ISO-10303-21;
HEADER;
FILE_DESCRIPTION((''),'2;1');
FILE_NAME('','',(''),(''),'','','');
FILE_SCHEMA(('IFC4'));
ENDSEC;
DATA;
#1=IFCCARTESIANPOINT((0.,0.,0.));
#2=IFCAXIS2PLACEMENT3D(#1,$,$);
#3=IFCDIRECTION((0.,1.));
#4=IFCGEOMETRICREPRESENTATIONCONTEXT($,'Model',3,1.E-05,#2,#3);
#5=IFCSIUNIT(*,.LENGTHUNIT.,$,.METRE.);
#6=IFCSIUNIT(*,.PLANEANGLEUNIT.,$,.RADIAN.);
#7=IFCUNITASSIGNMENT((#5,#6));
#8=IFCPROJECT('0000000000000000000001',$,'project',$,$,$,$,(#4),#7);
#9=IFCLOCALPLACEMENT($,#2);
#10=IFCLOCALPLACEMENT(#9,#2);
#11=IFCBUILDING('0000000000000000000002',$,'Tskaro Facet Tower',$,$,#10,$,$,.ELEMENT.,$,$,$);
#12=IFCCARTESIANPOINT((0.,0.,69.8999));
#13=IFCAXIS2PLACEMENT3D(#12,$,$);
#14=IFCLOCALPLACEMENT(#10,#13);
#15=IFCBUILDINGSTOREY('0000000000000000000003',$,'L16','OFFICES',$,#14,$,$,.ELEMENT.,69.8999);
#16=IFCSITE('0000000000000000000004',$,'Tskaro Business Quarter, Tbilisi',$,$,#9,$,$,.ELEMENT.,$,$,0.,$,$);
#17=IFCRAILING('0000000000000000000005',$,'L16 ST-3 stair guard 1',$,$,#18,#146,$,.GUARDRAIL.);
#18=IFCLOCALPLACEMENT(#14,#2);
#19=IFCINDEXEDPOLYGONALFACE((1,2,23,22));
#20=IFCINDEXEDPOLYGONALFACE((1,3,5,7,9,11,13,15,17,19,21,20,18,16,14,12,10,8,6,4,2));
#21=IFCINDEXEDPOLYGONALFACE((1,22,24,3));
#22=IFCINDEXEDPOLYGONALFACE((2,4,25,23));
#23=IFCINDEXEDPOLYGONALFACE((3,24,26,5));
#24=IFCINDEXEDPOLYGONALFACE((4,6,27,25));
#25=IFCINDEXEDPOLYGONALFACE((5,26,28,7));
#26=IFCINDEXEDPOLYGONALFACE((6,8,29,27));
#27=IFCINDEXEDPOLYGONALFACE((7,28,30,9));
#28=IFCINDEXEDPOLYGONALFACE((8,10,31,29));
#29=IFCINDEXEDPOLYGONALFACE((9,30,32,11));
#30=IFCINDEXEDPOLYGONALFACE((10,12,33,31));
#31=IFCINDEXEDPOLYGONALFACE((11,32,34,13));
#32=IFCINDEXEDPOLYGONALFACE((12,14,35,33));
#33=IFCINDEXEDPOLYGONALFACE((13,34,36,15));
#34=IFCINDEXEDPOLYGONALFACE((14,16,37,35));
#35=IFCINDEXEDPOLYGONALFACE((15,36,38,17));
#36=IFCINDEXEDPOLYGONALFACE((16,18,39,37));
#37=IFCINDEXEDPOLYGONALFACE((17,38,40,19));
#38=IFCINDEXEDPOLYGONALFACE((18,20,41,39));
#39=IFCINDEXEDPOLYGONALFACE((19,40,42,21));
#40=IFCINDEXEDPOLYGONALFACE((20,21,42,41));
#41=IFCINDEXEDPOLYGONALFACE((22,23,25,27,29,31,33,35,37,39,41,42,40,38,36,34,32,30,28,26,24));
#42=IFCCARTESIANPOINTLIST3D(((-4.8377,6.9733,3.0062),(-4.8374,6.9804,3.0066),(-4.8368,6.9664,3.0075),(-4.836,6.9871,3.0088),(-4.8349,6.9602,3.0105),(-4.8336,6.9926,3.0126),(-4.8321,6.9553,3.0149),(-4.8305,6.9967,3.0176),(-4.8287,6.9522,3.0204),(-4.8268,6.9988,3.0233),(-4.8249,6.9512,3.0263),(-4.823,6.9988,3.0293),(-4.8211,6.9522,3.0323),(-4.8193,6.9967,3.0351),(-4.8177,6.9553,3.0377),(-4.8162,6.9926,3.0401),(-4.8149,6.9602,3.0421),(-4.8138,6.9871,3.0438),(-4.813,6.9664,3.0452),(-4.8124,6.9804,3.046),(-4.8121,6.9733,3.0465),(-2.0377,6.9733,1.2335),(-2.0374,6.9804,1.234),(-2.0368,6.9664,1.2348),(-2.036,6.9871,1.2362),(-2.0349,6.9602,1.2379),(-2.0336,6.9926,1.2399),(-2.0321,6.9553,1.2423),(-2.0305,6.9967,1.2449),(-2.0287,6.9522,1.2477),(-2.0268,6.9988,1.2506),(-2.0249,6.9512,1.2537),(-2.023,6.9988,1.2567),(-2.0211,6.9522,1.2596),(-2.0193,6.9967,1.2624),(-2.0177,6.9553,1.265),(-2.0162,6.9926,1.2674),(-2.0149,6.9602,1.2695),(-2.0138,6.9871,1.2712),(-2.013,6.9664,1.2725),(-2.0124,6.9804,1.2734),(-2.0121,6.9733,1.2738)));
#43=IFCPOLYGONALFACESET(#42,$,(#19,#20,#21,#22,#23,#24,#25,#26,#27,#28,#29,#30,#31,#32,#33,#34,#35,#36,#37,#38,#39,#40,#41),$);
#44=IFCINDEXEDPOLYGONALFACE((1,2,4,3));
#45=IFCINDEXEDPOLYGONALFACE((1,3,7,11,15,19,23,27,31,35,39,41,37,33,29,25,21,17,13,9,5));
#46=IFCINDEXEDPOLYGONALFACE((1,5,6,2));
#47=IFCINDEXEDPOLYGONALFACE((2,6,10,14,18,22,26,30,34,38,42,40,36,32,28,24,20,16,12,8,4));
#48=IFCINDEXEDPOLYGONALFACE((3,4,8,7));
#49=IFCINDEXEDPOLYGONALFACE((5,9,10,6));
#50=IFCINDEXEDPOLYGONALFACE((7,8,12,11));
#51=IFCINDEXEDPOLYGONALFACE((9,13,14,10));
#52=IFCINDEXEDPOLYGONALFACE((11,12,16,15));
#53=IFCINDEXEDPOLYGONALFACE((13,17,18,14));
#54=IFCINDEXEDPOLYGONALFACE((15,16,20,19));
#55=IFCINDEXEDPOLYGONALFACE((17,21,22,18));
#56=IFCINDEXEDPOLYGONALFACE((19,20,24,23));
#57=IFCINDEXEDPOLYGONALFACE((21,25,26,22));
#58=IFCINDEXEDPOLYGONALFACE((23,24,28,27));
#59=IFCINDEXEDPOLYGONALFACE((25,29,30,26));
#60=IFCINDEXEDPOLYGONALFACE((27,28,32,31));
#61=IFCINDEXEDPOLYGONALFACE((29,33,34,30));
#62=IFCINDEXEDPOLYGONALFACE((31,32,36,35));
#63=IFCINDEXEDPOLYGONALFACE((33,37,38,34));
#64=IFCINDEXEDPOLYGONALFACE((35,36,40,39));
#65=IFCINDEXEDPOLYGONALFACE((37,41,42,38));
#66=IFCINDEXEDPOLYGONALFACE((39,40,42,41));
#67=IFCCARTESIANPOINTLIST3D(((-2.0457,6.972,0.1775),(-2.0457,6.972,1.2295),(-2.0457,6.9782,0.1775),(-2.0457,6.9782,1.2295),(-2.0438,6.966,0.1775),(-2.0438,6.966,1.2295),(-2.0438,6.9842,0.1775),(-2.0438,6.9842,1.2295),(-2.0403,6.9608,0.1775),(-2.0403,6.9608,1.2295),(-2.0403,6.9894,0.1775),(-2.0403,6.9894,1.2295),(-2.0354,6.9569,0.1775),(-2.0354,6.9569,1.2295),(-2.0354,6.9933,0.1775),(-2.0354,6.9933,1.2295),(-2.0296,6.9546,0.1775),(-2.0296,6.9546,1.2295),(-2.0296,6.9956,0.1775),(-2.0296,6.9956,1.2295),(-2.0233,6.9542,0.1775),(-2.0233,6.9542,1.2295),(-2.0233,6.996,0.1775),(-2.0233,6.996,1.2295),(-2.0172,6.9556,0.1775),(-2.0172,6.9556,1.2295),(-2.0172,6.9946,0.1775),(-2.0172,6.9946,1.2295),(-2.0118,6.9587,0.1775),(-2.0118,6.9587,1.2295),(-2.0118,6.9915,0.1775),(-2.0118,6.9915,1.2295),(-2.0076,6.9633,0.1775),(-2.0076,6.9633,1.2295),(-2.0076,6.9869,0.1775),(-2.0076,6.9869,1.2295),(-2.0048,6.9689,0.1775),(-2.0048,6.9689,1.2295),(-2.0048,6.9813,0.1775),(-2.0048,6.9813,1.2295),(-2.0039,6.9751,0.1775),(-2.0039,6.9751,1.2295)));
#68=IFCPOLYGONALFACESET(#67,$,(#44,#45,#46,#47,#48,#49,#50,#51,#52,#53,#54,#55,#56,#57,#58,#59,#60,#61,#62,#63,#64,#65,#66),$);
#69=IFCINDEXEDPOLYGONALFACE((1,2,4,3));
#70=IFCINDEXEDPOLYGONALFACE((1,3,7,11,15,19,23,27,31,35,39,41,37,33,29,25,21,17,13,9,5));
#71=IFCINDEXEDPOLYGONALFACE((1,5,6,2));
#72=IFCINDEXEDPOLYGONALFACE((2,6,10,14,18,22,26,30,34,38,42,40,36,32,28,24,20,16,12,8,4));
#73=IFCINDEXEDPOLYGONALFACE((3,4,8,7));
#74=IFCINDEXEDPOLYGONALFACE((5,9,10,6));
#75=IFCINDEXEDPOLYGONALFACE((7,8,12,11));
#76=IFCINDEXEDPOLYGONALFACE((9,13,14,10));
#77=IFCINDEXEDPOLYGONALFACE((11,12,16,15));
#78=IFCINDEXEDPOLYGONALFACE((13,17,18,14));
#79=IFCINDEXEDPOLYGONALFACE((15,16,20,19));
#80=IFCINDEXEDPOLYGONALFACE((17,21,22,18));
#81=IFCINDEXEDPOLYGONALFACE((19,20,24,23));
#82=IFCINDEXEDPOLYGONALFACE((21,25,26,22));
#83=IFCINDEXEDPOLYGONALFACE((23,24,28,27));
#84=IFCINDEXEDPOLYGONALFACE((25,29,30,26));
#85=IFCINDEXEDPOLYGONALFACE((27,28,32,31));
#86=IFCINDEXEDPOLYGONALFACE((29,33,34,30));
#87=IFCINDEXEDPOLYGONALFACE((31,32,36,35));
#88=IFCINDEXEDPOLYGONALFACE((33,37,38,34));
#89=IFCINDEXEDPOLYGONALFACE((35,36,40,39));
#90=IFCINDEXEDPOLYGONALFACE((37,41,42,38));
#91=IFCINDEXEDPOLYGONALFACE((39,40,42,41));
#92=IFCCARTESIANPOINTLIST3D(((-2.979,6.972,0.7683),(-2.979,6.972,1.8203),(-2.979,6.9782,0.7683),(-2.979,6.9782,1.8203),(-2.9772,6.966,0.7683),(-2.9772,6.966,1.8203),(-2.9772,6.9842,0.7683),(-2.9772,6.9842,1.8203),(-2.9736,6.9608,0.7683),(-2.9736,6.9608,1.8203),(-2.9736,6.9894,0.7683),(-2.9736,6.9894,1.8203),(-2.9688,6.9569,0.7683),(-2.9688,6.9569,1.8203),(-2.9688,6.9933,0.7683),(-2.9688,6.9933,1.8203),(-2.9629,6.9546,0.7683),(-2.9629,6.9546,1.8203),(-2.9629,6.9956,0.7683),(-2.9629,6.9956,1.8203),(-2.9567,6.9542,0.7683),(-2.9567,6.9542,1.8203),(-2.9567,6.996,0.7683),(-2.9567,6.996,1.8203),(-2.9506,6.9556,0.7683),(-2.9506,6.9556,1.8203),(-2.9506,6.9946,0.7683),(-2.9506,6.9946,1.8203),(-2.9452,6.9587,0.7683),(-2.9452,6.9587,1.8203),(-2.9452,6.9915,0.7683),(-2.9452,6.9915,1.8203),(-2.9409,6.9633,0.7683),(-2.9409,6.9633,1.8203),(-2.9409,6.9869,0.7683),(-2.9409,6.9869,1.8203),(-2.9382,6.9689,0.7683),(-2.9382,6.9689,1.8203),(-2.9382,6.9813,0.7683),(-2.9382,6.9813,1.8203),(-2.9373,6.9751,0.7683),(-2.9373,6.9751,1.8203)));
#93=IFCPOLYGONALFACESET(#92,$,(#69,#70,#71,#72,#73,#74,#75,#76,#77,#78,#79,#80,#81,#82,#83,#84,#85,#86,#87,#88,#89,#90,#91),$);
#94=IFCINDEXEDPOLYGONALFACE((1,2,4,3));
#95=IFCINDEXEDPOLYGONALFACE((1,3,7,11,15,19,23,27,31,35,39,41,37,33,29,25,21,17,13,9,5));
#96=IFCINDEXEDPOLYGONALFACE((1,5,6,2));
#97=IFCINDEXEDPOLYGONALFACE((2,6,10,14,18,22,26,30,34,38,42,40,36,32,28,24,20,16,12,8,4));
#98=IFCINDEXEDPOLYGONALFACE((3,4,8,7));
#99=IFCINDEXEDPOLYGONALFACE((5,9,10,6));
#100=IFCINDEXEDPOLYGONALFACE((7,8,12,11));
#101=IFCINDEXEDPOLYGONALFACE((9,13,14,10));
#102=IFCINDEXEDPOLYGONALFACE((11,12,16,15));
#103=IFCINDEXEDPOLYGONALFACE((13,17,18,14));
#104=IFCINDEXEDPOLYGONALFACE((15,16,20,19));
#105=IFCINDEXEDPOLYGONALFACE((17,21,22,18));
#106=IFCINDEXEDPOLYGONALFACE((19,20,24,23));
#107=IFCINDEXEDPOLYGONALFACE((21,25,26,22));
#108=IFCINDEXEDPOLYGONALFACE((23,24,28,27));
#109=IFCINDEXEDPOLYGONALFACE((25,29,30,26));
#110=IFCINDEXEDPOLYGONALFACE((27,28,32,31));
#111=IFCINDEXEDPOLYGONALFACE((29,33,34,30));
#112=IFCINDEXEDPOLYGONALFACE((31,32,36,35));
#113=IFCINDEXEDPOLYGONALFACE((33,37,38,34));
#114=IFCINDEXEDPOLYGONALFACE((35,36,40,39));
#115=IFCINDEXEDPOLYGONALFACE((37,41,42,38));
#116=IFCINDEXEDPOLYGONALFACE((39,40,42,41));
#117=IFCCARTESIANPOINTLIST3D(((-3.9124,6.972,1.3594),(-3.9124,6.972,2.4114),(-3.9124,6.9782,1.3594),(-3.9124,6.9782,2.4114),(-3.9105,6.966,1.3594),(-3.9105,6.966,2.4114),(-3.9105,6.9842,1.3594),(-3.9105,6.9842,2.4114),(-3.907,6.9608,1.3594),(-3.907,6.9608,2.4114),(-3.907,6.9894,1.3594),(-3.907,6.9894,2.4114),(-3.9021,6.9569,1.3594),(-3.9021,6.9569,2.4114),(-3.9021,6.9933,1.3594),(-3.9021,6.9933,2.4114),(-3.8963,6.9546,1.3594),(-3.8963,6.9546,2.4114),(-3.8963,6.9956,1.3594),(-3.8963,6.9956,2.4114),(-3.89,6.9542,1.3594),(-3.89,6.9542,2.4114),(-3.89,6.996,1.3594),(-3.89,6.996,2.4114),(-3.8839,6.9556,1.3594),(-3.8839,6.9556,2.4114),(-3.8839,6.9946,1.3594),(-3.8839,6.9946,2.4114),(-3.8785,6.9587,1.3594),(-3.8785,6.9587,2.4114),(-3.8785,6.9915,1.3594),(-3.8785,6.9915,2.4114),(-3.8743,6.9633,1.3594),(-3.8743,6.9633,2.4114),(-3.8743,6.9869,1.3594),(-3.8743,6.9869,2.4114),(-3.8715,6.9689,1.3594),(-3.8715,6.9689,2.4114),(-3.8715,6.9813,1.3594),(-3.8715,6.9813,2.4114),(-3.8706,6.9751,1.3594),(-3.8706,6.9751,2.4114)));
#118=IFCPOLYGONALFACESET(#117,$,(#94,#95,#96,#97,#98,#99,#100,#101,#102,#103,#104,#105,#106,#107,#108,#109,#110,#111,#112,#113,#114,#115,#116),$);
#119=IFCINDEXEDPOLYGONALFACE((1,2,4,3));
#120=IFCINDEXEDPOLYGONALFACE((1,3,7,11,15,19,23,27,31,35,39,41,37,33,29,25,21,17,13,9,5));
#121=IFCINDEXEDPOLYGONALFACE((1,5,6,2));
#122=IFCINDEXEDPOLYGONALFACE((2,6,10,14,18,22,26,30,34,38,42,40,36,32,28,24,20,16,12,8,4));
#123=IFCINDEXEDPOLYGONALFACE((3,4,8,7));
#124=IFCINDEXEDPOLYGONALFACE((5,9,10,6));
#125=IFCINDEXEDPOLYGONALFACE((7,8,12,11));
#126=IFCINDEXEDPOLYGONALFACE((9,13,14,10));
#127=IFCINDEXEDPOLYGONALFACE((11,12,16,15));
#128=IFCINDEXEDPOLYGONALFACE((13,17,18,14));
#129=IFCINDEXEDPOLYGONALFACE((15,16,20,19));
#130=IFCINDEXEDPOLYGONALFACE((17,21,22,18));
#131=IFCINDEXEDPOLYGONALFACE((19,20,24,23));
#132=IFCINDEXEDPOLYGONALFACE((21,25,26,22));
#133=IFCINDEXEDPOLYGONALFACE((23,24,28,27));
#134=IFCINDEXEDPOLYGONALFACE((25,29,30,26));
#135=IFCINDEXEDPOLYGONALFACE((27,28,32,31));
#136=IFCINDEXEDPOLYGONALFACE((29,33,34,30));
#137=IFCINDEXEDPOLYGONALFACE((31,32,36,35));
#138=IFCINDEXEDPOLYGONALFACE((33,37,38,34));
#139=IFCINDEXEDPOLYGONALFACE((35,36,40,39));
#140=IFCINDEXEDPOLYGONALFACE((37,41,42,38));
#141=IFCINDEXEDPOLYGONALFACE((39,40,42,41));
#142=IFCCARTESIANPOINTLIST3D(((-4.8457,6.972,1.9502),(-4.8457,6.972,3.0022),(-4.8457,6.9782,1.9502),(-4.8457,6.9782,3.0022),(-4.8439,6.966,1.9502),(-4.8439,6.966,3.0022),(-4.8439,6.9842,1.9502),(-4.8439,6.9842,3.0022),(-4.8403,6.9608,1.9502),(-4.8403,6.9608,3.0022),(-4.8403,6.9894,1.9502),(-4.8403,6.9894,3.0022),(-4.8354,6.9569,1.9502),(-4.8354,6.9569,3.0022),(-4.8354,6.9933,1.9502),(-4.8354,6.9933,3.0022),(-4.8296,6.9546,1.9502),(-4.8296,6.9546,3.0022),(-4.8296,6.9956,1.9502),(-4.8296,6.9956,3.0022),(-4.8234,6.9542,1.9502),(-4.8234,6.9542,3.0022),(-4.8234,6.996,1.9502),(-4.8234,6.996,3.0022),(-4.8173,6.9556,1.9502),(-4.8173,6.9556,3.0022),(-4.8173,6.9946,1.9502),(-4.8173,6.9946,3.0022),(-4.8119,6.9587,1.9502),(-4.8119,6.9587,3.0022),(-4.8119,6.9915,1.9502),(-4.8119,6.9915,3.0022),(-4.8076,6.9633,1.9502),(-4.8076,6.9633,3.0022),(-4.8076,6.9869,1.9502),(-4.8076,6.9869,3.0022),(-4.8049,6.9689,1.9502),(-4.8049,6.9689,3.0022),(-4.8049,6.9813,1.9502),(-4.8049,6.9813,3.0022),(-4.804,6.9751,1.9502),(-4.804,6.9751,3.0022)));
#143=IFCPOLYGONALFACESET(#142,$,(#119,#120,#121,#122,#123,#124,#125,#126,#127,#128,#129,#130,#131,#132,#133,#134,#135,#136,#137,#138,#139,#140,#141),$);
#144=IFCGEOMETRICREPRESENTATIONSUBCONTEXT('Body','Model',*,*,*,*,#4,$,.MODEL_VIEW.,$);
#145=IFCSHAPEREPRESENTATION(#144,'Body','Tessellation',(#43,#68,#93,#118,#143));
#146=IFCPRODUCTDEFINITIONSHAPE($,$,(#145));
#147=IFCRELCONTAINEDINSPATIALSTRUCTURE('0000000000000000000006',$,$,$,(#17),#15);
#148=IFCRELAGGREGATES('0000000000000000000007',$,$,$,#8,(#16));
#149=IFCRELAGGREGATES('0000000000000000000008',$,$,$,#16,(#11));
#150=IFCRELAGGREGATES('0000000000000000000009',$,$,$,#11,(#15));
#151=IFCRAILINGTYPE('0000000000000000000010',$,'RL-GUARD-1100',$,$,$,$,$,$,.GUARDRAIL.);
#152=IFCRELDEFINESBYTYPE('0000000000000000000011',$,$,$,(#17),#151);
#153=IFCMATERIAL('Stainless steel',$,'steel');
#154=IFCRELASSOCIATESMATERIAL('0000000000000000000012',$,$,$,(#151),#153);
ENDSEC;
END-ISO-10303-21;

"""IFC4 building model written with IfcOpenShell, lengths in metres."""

from ifc_helpers import new_model, si_unit, direction, frame, origin, origin_2d, place, context, subcontext, project, spatial, circle, extrude, material, type_object, element, save


model = new_model("IFC4")

# Units and contexts
model_context = context("Model", 3, precision=1e-05, world=origin(), true_north=direction((0.0, 1.0)))
body_context = subcontext(model_context, "Body", "Model", "MODEL_VIEW")
ifc_project = project(units=[si_unit("LENGTHUNIT", "METRE"), si_unit("PLANEANGLEUNIT", "RADIAN")], contexts=[model_context])

# Site, building, storey
site_placement = place(None, origin())
site = spatial("IfcSite", under=ifc_project, at=site_placement, Name="Tskaro Business Quarter, Tbilisi", CompositionType="ELEMENT", RefElevation=0.0)
building_placement = place(site_placement, origin())
building = spatial("IfcBuilding", under=site, at=building_placement, Name="Tskaro Facet Tower", CompositionType="ELEMENT")
storey_placement = place(building_placement, frame((0.0, 0.0, 69.8999)))
storey = spatial("IfcBuildingStorey", under=building, at=storey_placement, Name="L16", Description="OFFICES", CompositionType="ELEMENT", Elevation=69.8999)

# Railing
ifc_material_1 = material(Name="Stainless steel", Category="steel")
railing_type_1 = type_object("IfcRailingType", Name="RL-GUARD-1100", PredefinedType="GUARDRAIL", material=ifc_material_1)
railing_1_placement = place(storey_placement, frame((-2.0249, 6.9751, 0.1775)))
element("IfcRailing", 1, at=railing_1_placement, inside=storey, type_object=railing_type_1, Name="L16 ST-3 stair guard 1", PredefinedType="GUARDRAIL", context=body_context, shape_type="SweptSolid", body=[
    extrude(circle(Radius=0.0239, at=origin_2d()), frame((0.0, 0.0, 1.0762), z_axis=(-0.844909, 0.0, 0.53491), x_axis=(0.0, -1.0, 0.0)), (0.0, 0.0, 1.0), 3.314),
    extrude(circle(Radius=0.021, at=origin_2d()), origin(), (0.0, 0.0, 1.0), 1.052),
    extrude(circle(Radius=0.021, at=origin_2d()), frame((-0.9333, 0.0, 0.5908)), (0.0, 0.0, 1.0), 1.052),
    extrude(circle(Radius=0.021, at=origin_2d()), frame((-1.8667, 0.0, 1.1819)), (0.0, 0.0, 1.0), 1.052),
    extrude(circle(Radius=0.021, at=origin_2d()), frame((-2.8, 0.0, 1.7727)), (0.0, 0.0, 1.0), 1.052),
])

save(model, "model.ifc")
